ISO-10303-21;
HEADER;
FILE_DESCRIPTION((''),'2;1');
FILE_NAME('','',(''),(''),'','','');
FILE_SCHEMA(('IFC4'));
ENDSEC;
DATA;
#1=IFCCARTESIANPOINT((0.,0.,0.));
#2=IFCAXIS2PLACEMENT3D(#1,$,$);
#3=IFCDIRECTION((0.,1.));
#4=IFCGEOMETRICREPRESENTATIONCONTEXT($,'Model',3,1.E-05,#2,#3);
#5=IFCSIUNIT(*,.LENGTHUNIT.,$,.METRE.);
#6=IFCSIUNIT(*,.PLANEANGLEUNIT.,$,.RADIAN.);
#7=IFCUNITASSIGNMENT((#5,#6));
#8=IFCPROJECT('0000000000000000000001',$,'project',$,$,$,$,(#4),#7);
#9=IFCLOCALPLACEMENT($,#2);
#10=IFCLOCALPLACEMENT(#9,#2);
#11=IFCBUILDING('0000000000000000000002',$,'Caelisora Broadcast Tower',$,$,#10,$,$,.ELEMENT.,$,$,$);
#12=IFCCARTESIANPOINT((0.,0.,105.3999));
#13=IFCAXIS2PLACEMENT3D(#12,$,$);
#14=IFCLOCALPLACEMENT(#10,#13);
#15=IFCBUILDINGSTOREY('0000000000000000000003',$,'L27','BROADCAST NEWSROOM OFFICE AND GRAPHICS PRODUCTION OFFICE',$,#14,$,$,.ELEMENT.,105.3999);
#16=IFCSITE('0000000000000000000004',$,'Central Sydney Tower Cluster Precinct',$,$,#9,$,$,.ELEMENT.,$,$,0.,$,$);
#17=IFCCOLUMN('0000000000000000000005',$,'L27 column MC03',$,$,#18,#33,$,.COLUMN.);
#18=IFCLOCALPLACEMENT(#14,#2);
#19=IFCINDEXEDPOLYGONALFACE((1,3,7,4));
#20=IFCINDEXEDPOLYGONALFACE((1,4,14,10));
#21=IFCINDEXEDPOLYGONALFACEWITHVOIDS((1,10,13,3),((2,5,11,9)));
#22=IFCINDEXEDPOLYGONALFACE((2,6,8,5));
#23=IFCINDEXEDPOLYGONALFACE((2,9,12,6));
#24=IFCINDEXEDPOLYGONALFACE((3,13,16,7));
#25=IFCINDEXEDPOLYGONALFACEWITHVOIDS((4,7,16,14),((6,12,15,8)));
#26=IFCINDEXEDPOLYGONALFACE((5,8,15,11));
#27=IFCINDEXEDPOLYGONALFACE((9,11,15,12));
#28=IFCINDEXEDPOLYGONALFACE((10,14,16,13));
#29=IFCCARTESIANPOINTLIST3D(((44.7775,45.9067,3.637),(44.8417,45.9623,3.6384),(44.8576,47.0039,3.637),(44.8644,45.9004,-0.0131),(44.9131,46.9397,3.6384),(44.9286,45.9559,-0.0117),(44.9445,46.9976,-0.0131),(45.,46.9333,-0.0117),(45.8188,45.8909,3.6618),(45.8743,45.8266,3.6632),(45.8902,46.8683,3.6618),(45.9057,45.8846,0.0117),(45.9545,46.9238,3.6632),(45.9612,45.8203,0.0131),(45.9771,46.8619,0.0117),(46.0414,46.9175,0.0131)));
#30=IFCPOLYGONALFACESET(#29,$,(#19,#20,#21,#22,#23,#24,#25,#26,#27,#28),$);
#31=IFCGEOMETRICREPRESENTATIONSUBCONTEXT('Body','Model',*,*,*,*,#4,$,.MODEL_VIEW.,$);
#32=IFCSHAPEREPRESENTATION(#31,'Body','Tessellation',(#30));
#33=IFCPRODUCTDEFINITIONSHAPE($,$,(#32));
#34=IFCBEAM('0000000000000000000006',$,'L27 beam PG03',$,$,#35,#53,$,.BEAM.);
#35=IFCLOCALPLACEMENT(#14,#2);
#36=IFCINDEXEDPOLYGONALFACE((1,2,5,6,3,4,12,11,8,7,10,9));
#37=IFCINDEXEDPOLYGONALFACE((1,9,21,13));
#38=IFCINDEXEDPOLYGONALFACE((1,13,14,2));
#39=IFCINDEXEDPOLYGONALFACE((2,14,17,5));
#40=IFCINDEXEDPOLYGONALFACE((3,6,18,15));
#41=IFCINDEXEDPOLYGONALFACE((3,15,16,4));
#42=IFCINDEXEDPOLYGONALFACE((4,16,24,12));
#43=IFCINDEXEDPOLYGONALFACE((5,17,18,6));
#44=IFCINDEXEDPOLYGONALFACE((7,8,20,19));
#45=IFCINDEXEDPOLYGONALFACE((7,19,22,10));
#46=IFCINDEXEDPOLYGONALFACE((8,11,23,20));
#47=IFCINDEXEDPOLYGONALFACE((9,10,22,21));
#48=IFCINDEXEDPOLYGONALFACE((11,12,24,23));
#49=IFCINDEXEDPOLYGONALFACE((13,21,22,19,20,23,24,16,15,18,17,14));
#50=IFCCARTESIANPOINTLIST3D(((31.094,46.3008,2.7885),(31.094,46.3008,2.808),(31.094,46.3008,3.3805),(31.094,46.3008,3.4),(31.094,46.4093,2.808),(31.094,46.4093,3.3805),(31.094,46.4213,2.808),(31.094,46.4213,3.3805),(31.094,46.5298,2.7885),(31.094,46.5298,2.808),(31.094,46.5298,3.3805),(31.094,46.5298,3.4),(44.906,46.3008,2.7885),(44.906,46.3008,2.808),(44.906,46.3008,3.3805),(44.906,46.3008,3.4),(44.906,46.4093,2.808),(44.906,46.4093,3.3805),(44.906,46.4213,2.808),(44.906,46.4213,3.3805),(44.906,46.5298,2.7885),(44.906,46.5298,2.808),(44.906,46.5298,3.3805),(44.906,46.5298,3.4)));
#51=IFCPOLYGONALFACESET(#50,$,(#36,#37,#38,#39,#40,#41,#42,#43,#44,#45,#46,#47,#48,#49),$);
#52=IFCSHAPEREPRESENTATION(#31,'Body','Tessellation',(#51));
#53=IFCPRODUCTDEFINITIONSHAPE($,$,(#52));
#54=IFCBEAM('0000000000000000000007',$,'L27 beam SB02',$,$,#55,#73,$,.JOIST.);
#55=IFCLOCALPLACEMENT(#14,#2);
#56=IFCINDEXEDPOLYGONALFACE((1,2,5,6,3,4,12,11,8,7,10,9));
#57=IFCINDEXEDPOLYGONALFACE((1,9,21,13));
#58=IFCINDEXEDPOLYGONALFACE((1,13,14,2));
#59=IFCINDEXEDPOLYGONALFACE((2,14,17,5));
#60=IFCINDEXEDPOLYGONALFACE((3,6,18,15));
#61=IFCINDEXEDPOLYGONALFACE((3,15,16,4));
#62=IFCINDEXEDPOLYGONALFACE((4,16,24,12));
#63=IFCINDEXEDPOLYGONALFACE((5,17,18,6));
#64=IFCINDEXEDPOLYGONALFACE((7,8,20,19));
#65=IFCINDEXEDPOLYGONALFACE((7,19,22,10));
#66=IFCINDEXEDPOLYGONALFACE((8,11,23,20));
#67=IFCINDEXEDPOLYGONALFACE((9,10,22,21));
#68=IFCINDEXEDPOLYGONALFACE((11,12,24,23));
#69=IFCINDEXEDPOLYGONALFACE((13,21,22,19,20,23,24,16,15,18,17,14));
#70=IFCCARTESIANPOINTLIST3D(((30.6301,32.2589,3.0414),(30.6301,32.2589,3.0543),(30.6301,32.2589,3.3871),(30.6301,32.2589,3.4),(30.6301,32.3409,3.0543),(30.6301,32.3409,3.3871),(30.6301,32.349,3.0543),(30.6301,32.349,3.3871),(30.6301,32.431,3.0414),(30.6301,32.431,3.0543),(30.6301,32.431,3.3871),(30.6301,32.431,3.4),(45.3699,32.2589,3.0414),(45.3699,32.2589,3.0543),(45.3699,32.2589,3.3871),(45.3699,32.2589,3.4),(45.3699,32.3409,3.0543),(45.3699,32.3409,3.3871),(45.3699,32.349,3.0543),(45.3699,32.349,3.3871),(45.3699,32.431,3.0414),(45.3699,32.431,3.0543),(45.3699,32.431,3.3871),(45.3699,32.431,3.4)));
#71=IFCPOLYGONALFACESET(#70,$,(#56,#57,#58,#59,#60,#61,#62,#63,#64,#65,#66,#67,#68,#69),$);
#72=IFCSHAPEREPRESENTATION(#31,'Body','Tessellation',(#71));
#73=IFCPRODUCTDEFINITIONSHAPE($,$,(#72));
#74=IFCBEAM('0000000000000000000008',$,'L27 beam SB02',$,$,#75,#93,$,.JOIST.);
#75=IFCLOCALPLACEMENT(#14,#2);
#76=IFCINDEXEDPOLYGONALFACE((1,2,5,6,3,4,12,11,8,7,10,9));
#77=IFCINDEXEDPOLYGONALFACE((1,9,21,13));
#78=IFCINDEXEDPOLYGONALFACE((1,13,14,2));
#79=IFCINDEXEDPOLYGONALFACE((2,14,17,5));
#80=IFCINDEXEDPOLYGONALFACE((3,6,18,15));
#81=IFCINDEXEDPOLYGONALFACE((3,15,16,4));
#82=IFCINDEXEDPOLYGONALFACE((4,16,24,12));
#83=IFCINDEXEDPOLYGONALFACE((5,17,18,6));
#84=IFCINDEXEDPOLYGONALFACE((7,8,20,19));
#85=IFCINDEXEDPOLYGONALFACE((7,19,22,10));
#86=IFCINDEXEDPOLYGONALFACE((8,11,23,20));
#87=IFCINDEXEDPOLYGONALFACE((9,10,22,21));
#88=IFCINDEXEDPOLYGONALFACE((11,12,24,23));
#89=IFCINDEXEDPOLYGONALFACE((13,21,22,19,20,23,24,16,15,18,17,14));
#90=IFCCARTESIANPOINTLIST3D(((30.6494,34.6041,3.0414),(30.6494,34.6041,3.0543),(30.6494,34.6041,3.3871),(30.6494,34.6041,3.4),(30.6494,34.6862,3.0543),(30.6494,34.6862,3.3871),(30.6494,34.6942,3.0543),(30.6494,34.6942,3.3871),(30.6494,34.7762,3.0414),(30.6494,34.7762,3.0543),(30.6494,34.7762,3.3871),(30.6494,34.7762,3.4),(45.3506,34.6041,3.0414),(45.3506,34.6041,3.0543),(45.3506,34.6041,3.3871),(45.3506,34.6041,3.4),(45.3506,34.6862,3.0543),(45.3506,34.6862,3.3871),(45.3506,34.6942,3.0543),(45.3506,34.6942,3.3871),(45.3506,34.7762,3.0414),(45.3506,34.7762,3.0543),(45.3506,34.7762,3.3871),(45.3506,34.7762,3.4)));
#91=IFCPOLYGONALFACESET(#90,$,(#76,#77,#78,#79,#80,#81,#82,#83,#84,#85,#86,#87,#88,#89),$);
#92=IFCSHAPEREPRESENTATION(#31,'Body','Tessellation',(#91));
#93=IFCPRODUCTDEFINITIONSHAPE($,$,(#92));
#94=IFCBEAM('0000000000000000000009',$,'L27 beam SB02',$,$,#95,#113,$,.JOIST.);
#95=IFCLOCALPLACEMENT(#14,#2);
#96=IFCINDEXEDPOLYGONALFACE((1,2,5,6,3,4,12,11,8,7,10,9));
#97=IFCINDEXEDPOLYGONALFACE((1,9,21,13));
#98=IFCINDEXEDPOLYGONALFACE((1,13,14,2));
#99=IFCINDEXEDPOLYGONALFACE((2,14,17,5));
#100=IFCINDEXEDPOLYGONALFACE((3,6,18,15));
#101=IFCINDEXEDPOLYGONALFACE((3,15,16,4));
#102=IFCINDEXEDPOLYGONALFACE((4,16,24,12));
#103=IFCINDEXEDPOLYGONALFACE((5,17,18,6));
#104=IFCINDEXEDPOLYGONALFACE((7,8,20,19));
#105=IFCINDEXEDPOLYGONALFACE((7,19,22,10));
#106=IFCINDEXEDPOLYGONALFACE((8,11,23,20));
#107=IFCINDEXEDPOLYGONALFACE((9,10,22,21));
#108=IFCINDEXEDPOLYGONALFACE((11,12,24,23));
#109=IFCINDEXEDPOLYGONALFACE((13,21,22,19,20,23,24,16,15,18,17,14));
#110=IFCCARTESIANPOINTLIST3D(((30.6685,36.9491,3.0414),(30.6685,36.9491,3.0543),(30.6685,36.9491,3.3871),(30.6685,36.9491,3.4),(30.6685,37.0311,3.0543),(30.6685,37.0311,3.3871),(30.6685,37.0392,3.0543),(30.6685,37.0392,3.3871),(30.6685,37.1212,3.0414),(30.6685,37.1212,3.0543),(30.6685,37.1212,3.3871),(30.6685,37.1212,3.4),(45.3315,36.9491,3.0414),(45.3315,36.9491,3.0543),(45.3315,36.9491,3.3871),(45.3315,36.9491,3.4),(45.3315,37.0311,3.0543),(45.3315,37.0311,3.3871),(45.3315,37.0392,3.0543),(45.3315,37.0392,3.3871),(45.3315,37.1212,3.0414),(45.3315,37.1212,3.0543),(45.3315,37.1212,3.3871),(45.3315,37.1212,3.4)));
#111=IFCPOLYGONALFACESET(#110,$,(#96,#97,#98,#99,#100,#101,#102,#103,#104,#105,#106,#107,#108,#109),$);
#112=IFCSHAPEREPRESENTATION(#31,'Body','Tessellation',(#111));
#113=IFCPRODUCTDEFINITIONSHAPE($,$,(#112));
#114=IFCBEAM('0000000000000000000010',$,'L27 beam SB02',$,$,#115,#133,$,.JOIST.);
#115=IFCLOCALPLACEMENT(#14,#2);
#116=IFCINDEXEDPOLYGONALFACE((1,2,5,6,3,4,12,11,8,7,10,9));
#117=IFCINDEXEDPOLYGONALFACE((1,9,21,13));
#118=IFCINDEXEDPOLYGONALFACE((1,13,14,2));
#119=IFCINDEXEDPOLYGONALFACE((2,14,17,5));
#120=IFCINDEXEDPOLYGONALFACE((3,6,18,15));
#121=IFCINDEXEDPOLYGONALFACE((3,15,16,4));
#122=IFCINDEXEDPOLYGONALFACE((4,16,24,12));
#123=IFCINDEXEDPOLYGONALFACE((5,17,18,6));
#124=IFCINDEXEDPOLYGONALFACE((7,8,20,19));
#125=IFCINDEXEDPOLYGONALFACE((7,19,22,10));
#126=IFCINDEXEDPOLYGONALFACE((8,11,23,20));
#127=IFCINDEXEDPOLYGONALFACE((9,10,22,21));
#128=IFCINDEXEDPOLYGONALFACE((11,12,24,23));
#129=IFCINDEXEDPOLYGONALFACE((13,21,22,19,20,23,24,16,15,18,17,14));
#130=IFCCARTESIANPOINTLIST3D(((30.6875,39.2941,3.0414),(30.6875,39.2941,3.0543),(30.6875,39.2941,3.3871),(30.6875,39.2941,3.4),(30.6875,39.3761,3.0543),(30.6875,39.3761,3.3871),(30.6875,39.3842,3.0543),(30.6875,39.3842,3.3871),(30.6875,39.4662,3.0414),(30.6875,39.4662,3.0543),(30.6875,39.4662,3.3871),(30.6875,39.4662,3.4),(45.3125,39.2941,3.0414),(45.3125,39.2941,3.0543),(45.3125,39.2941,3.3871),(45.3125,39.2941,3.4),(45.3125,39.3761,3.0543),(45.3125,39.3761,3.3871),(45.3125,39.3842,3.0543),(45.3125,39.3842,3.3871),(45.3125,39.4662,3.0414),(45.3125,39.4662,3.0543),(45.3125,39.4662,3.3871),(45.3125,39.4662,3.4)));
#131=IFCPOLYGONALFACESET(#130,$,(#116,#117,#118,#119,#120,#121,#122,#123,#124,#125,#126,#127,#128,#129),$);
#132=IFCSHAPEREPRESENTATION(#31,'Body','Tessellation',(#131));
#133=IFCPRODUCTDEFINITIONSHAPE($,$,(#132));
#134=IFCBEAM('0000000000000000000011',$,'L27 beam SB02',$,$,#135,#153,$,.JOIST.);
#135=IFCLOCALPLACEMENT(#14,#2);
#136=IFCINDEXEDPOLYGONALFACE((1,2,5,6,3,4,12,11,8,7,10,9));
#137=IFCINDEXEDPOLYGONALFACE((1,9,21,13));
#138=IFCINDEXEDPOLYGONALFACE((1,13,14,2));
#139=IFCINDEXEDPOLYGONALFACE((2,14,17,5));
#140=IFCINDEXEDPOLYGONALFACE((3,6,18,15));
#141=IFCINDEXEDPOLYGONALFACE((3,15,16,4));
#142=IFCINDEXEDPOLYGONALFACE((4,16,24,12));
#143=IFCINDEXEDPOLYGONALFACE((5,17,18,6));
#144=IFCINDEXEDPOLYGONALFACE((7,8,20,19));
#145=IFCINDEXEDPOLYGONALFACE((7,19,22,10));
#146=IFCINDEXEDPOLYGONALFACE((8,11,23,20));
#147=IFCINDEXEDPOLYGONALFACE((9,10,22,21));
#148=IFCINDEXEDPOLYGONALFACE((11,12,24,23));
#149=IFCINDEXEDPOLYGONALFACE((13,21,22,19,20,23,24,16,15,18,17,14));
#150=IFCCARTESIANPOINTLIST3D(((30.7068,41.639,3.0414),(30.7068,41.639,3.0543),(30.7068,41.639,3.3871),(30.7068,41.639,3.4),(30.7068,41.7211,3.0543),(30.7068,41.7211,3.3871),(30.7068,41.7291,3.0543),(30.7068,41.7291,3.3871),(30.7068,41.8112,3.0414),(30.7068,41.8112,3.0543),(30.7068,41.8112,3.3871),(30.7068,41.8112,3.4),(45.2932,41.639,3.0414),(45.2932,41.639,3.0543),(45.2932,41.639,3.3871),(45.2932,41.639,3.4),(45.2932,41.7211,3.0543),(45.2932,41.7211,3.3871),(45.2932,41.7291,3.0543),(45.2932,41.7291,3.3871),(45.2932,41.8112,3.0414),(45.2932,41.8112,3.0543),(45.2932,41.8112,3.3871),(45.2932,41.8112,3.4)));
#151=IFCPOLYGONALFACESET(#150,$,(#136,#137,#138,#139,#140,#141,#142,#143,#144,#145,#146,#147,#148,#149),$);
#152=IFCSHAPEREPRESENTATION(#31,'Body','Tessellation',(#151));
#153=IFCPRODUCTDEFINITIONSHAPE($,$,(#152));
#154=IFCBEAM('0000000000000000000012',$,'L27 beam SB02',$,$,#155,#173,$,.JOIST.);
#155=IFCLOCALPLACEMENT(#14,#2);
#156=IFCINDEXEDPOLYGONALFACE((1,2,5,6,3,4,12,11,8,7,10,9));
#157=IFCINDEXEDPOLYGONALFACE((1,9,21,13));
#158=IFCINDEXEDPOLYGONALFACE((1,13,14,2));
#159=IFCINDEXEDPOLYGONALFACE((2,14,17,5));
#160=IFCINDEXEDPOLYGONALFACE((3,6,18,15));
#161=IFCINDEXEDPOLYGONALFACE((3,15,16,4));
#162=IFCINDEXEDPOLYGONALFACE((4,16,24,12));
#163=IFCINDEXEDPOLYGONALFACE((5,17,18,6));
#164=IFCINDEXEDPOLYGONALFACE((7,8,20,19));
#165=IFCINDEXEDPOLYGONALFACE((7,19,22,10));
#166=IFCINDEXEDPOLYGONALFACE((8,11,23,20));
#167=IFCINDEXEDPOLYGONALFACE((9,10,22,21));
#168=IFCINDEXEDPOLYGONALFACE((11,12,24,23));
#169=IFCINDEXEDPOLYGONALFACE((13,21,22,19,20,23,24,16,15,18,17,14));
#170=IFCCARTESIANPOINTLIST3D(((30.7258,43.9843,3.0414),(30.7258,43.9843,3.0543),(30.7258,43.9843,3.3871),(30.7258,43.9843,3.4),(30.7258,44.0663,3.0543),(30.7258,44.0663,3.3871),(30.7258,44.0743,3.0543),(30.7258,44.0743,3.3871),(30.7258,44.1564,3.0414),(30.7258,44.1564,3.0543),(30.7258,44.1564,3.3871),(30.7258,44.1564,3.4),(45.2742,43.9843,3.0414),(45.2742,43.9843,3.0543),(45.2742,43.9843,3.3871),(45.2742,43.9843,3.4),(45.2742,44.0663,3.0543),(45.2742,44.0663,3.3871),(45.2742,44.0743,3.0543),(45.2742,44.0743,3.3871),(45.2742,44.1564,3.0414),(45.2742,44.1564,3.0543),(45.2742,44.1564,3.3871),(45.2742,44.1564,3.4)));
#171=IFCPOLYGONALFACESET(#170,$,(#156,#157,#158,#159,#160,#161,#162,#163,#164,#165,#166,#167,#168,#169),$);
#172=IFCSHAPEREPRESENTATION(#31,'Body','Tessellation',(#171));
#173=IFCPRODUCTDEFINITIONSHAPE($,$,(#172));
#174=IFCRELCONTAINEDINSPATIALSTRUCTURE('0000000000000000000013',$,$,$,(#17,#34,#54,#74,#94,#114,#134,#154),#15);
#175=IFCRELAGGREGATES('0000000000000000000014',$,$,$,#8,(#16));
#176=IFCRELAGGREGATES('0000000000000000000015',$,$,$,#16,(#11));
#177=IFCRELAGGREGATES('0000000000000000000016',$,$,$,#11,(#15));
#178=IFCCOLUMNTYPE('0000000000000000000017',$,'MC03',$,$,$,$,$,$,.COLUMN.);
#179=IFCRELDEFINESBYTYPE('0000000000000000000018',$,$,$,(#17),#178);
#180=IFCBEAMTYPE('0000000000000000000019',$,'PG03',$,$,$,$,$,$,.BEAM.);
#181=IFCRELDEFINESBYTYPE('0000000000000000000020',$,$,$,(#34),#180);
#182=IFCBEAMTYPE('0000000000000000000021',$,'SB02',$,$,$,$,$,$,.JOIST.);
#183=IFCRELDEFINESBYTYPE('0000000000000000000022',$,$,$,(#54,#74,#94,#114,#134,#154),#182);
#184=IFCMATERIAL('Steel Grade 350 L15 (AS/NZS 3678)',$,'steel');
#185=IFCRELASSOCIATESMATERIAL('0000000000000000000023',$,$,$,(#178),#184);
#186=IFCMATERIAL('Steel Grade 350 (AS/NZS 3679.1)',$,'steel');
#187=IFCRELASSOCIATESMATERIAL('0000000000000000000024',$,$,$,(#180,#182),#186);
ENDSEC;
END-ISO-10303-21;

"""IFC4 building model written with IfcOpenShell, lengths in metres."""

from ifc_helpers import new_model, si_unit, direction, frame, origin, origin_2d, place, context, subcontext, project, spatial, hollow_rectangle, i_section, extrude, source, transform, mapped, material, material_profile, profile_set, type_object, type_shapes, element, save


model = new_model("IFC4")

# Units and contexts
model_context = context("Model", 3, precision=1e-05, world=origin(), true_north=direction((0.0, 1.0)))
body_context = subcontext(model_context, "Body", "Model", "MODEL_VIEW")
ifc_project = project(units=[si_unit("LENGTHUNIT", "METRE"), si_unit("PLANEANGLEUNIT", "RADIAN")], contexts=[model_context])

# Site, building, storey
site_placement = place(None, origin())
site = spatial("IfcSite", under=ifc_project, at=site_placement, Name="Central Sydney Tower Cluster Precinct", CompositionType="ELEMENT", RefElevation=0.0)
building_placement = place(site_placement, origin())
building = spatial("IfcBuilding", under=site, at=building_placement, Name="Caelisora Broadcast Tower", CompositionType="ELEMENT")
storey_placement = place(building_placement, frame((0.0, 0.0, 105.3999)))
storey = spatial("IfcBuildingStorey", under=building, at=storey_placement, Name="L27", Description="BROADCAST NEWSROOM OFFICE AND GRAPHICS PRODUCTION OFFICE", CompositionType="ELEMENT", Elevation=105.3999)

# Column
ifc_material_1 = material(Name="Steel Grade 350 L15 (AS/NZS 3678)", Category="steel")
ifc_material_profile_1 = material_profile(ifc_material_1, hollow_rectangle(XDim=1.1001, YDim=1.1001, WallThickness=0.0601, at=origin_2d()), Name="Steel Grade 350 L15 (AS/NZS 3678)")
ifc_profile_set_1 = profile_set([ifc_material_profile_1], Name="Steel Grade 350 L15 (AS/NZS 3678)")
column_type = type_object("IfcColumnType", Name="MC03", PredefinedType="COLUMN", material=ifc_profile_set_1)
shared_shape_1 = source(origin(), body_context, "Body", "SweptSolid", [
    extrude(hollow_rectangle(XDim=1.1001, YDim=1.1001, WallThickness=0.0601, at=origin_2d()), origin(), (0.0, 0.0, 1.0), 3.6511),
])
type_shapes(column_type, [shared_shape_1])
column_placement = place(storey_placement, frame((45.4529, 46.4089, 0.0), z_axis=(-0.023804, 0.001739, 0.999715), x_axis=(-0.07284, -0.997344, 0.0)))
element("IfcColumn", 1, at=column_placement, inside=storey, type_object=column_type, Name="L27 column MC03", PredefinedType="COLUMN", context=body_context, shape_type="MappedRepresentation", body=[
    mapped(shared_shape_1, transform((0.0, 0.0, 0.0), scale=1.0)),
])

# Beams
ifc_material_2 = material(Name="Steel Grade 350 (AS/NZS 3679.1)", Category="steel")
ifc_material_profile_2 = material_profile(ifc_material_2, i_section(OverallWidth=0.229, OverallDepth=0.6116, WebThickness=0.012, FlangeThickness=0.0195, at=origin_2d()), Name="Steel Grade 350 (AS/NZS 3679.1)")
ifc_profile_set_2 = profile_set([ifc_material_profile_2], Name="Steel Grade 350 (AS/NZS 3679.1)")
beam_type_1 = type_object("IfcBeamType", Name="PG03", PredefinedType="BEAM", material=ifc_profile_set_2)
shared_shape_2 = source(origin(), body_context, "Body", "SweptSolid", [
    extrude(i_section(OverallWidth=0.229, OverallDepth=0.6116, WebThickness=0.012, FlangeThickness=0.0195, at=origin_2d()), origin(), (0.0, 0.0, 1.0), 13.812),
])
type_shapes(beam_type_1, [shared_shape_2])
beam_1_placement = place(storey_placement, frame((44.906, 46.4153, 3.0942), z_axis=(-1.0, 0.0, 0.0), x_axis=(0.0, -1.0, 0.0)))
element("IfcBeam", 2, at=beam_1_placement, inside=storey, type_object=beam_type_1, Name="L27 beam PG03", PredefinedType="BEAM", context=body_context, shape_type="MappedRepresentation", body=[
    mapped(shared_shape_2, transform((0.0, 0.0, 0.0), scale=1.0)),
])
ifc_material_profile_3 = material_profile(ifc_material_2, i_section(OverallWidth=0.1721, OverallDepth=0.3586, WebThickness=0.0081, FlangeThickness=0.0129, at=origin_2d()), Name="Steel Grade 350 (AS/NZS 3679.1)")
ifc_profile_set_3 = profile_set([ifc_material_profile_3], Name="Steel Grade 350 (AS/NZS 3679.1)")
beam_type_2 = type_object("IfcBeamType", Name="SB02", PredefinedType="JOIST", material=ifc_profile_set_3)
shared_shape_3 = source(origin(), body_context, "Body", "SweptSolid", [
    extrude(i_section(OverallWidth=0.1721, OverallDepth=0.3586, WebThickness=0.0081, FlangeThickness=0.0129, at=origin_2d()), origin(), (0.0, 0.0, 1.0), 14.7397),
])
beam_2_placement = place(storey_placement, frame((45.3699, 32.345, 3.2207), z_axis=(-1.0, 0.0, 0.0), x_axis=(0.0, -1.0, 0.0)))
element("IfcBeam", 3, at=beam_2_placement, inside=storey, type_object=beam_type_2, Name="L27 beam SB02", PredefinedType="JOIST", context=body_context, shape_type="MappedRepresentation", body=[
    mapped(shared_shape_3, transform((0.0, 0.0, 0.0), scale=1.0)),
])
shared_shape_4 = source(origin(), body_context, "Body", "SweptSolid", [
    extrude(i_section(OverallWidth=0.1721, OverallDepth=0.3586, WebThickness=0.0081, FlangeThickness=0.0129, at=origin_2d()), origin(), (0.0, 0.0, 1.0), 14.7012),
])
beam_3_placement = place(storey_placement, frame((45.3506, 34.6902, 3.2207), z_axis=(-1.0, 0.0, 0.0), x_axis=(0.0, -1.0, 0.0)))
element("IfcBeam", 4, at=beam_3_placement, inside=storey, type_object=beam_type_2, Name="L27 beam SB02", PredefinedType="JOIST", context=body_context, shape_type="MappedRepresentation", body=[
    mapped(shared_shape_4, transform((0.0, 0.0, 0.0), scale=1.0)),
])
shared_shape_5 = source(origin(), body_context, "Body", "SweptSolid", [
    extrude(i_section(OverallWidth=0.1721, OverallDepth=0.3586, WebThickness=0.0081, FlangeThickness=0.0129, at=origin_2d()), origin(), (0.0, 0.0, 1.0), 14.6631),
])
beam_4_placement = place(storey_placement, frame((45.3315, 37.0352, 3.2207), z_axis=(-1.0, 0.0, 0.0), x_axis=(0.0, -1.0, 0.0)))
element("IfcBeam", 5, at=beam_4_placement, inside=storey, type_object=beam_type_2, Name="L27 beam SB02", PredefinedType="JOIST", context=body_context, shape_type="MappedRepresentation", body=[
    mapped(shared_shape_5, transform((0.0, 0.0, 0.0), scale=1.0)),
])
shared_shape_6 = source(origin(), body_context, "Body", "SweptSolid", [
    extrude(i_section(OverallWidth=0.1721, OverallDepth=0.3586, WebThickness=0.0081, FlangeThickness=0.0129, at=origin_2d()), origin(), (0.0, 0.0, 1.0), 14.625),
])
beam_5_placement = place(storey_placement, frame((45.3125, 39.3801, 3.2207), z_axis=(-1.0, 0.0, 0.0), x_axis=(0.0, -1.0, 0.0)))
element("IfcBeam", 6, at=beam_5_placement, inside=storey, type_object=beam_type_2, Name="L27 beam SB02", PredefinedType="JOIST", context=body_context, shape_type="MappedRepresentation", body=[
    mapped(shared_shape_6, transform((0.0, 0.0, 0.0), scale=1.0)),
])
shared_shape_7 = source(origin(), body_context, "Body", "SweptSolid", [
    extrude(i_section(OverallWidth=0.1721, OverallDepth=0.3586, WebThickness=0.0081, FlangeThickness=0.0129, at=origin_2d()), origin(), (0.0, 0.0, 1.0), 14.5864),
])
beam_6_placement = place(storey_placement, frame((45.2932, 41.7251, 3.2207), z_axis=(-1.0, 0.0, 0.0), x_axis=(0.0, -1.0, 0.0)))
element("IfcBeam", 7, at=beam_6_placement, inside=storey, type_object=beam_type_2, Name="L27 beam SB02", PredefinedType="JOIST", context=body_context, shape_type="MappedRepresentation", body=[
    mapped(shared_shape_7, transform((0.0, 0.0, 0.0), scale=1.0)),
])
shared_shape_8 = source(origin(), body_context, "Body", "SweptSolid", [
    extrude(i_section(OverallWidth=0.1721, OverallDepth=0.3586, WebThickness=0.0081, FlangeThickness=0.0129, at=origin_2d()), origin(), (0.0, 0.0, 1.0), 14.5483),
])
beam_7_placement = place(storey_placement, frame((45.2742, 44.0703, 3.2207), z_axis=(-1.0, 0.0, 0.0), x_axis=(0.0, -1.0, 0.0)))
element("IfcBeam", 8, at=beam_7_placement, inside=storey, type_object=beam_type_2, Name="L27 beam SB02", PredefinedType="JOIST", context=body_context, shape_type="MappedRepresentation", body=[
    mapped(shared_shape_8, transform((0.0, 0.0, 0.0), scale=1.0)),
])

save(model, "model.ifc")
